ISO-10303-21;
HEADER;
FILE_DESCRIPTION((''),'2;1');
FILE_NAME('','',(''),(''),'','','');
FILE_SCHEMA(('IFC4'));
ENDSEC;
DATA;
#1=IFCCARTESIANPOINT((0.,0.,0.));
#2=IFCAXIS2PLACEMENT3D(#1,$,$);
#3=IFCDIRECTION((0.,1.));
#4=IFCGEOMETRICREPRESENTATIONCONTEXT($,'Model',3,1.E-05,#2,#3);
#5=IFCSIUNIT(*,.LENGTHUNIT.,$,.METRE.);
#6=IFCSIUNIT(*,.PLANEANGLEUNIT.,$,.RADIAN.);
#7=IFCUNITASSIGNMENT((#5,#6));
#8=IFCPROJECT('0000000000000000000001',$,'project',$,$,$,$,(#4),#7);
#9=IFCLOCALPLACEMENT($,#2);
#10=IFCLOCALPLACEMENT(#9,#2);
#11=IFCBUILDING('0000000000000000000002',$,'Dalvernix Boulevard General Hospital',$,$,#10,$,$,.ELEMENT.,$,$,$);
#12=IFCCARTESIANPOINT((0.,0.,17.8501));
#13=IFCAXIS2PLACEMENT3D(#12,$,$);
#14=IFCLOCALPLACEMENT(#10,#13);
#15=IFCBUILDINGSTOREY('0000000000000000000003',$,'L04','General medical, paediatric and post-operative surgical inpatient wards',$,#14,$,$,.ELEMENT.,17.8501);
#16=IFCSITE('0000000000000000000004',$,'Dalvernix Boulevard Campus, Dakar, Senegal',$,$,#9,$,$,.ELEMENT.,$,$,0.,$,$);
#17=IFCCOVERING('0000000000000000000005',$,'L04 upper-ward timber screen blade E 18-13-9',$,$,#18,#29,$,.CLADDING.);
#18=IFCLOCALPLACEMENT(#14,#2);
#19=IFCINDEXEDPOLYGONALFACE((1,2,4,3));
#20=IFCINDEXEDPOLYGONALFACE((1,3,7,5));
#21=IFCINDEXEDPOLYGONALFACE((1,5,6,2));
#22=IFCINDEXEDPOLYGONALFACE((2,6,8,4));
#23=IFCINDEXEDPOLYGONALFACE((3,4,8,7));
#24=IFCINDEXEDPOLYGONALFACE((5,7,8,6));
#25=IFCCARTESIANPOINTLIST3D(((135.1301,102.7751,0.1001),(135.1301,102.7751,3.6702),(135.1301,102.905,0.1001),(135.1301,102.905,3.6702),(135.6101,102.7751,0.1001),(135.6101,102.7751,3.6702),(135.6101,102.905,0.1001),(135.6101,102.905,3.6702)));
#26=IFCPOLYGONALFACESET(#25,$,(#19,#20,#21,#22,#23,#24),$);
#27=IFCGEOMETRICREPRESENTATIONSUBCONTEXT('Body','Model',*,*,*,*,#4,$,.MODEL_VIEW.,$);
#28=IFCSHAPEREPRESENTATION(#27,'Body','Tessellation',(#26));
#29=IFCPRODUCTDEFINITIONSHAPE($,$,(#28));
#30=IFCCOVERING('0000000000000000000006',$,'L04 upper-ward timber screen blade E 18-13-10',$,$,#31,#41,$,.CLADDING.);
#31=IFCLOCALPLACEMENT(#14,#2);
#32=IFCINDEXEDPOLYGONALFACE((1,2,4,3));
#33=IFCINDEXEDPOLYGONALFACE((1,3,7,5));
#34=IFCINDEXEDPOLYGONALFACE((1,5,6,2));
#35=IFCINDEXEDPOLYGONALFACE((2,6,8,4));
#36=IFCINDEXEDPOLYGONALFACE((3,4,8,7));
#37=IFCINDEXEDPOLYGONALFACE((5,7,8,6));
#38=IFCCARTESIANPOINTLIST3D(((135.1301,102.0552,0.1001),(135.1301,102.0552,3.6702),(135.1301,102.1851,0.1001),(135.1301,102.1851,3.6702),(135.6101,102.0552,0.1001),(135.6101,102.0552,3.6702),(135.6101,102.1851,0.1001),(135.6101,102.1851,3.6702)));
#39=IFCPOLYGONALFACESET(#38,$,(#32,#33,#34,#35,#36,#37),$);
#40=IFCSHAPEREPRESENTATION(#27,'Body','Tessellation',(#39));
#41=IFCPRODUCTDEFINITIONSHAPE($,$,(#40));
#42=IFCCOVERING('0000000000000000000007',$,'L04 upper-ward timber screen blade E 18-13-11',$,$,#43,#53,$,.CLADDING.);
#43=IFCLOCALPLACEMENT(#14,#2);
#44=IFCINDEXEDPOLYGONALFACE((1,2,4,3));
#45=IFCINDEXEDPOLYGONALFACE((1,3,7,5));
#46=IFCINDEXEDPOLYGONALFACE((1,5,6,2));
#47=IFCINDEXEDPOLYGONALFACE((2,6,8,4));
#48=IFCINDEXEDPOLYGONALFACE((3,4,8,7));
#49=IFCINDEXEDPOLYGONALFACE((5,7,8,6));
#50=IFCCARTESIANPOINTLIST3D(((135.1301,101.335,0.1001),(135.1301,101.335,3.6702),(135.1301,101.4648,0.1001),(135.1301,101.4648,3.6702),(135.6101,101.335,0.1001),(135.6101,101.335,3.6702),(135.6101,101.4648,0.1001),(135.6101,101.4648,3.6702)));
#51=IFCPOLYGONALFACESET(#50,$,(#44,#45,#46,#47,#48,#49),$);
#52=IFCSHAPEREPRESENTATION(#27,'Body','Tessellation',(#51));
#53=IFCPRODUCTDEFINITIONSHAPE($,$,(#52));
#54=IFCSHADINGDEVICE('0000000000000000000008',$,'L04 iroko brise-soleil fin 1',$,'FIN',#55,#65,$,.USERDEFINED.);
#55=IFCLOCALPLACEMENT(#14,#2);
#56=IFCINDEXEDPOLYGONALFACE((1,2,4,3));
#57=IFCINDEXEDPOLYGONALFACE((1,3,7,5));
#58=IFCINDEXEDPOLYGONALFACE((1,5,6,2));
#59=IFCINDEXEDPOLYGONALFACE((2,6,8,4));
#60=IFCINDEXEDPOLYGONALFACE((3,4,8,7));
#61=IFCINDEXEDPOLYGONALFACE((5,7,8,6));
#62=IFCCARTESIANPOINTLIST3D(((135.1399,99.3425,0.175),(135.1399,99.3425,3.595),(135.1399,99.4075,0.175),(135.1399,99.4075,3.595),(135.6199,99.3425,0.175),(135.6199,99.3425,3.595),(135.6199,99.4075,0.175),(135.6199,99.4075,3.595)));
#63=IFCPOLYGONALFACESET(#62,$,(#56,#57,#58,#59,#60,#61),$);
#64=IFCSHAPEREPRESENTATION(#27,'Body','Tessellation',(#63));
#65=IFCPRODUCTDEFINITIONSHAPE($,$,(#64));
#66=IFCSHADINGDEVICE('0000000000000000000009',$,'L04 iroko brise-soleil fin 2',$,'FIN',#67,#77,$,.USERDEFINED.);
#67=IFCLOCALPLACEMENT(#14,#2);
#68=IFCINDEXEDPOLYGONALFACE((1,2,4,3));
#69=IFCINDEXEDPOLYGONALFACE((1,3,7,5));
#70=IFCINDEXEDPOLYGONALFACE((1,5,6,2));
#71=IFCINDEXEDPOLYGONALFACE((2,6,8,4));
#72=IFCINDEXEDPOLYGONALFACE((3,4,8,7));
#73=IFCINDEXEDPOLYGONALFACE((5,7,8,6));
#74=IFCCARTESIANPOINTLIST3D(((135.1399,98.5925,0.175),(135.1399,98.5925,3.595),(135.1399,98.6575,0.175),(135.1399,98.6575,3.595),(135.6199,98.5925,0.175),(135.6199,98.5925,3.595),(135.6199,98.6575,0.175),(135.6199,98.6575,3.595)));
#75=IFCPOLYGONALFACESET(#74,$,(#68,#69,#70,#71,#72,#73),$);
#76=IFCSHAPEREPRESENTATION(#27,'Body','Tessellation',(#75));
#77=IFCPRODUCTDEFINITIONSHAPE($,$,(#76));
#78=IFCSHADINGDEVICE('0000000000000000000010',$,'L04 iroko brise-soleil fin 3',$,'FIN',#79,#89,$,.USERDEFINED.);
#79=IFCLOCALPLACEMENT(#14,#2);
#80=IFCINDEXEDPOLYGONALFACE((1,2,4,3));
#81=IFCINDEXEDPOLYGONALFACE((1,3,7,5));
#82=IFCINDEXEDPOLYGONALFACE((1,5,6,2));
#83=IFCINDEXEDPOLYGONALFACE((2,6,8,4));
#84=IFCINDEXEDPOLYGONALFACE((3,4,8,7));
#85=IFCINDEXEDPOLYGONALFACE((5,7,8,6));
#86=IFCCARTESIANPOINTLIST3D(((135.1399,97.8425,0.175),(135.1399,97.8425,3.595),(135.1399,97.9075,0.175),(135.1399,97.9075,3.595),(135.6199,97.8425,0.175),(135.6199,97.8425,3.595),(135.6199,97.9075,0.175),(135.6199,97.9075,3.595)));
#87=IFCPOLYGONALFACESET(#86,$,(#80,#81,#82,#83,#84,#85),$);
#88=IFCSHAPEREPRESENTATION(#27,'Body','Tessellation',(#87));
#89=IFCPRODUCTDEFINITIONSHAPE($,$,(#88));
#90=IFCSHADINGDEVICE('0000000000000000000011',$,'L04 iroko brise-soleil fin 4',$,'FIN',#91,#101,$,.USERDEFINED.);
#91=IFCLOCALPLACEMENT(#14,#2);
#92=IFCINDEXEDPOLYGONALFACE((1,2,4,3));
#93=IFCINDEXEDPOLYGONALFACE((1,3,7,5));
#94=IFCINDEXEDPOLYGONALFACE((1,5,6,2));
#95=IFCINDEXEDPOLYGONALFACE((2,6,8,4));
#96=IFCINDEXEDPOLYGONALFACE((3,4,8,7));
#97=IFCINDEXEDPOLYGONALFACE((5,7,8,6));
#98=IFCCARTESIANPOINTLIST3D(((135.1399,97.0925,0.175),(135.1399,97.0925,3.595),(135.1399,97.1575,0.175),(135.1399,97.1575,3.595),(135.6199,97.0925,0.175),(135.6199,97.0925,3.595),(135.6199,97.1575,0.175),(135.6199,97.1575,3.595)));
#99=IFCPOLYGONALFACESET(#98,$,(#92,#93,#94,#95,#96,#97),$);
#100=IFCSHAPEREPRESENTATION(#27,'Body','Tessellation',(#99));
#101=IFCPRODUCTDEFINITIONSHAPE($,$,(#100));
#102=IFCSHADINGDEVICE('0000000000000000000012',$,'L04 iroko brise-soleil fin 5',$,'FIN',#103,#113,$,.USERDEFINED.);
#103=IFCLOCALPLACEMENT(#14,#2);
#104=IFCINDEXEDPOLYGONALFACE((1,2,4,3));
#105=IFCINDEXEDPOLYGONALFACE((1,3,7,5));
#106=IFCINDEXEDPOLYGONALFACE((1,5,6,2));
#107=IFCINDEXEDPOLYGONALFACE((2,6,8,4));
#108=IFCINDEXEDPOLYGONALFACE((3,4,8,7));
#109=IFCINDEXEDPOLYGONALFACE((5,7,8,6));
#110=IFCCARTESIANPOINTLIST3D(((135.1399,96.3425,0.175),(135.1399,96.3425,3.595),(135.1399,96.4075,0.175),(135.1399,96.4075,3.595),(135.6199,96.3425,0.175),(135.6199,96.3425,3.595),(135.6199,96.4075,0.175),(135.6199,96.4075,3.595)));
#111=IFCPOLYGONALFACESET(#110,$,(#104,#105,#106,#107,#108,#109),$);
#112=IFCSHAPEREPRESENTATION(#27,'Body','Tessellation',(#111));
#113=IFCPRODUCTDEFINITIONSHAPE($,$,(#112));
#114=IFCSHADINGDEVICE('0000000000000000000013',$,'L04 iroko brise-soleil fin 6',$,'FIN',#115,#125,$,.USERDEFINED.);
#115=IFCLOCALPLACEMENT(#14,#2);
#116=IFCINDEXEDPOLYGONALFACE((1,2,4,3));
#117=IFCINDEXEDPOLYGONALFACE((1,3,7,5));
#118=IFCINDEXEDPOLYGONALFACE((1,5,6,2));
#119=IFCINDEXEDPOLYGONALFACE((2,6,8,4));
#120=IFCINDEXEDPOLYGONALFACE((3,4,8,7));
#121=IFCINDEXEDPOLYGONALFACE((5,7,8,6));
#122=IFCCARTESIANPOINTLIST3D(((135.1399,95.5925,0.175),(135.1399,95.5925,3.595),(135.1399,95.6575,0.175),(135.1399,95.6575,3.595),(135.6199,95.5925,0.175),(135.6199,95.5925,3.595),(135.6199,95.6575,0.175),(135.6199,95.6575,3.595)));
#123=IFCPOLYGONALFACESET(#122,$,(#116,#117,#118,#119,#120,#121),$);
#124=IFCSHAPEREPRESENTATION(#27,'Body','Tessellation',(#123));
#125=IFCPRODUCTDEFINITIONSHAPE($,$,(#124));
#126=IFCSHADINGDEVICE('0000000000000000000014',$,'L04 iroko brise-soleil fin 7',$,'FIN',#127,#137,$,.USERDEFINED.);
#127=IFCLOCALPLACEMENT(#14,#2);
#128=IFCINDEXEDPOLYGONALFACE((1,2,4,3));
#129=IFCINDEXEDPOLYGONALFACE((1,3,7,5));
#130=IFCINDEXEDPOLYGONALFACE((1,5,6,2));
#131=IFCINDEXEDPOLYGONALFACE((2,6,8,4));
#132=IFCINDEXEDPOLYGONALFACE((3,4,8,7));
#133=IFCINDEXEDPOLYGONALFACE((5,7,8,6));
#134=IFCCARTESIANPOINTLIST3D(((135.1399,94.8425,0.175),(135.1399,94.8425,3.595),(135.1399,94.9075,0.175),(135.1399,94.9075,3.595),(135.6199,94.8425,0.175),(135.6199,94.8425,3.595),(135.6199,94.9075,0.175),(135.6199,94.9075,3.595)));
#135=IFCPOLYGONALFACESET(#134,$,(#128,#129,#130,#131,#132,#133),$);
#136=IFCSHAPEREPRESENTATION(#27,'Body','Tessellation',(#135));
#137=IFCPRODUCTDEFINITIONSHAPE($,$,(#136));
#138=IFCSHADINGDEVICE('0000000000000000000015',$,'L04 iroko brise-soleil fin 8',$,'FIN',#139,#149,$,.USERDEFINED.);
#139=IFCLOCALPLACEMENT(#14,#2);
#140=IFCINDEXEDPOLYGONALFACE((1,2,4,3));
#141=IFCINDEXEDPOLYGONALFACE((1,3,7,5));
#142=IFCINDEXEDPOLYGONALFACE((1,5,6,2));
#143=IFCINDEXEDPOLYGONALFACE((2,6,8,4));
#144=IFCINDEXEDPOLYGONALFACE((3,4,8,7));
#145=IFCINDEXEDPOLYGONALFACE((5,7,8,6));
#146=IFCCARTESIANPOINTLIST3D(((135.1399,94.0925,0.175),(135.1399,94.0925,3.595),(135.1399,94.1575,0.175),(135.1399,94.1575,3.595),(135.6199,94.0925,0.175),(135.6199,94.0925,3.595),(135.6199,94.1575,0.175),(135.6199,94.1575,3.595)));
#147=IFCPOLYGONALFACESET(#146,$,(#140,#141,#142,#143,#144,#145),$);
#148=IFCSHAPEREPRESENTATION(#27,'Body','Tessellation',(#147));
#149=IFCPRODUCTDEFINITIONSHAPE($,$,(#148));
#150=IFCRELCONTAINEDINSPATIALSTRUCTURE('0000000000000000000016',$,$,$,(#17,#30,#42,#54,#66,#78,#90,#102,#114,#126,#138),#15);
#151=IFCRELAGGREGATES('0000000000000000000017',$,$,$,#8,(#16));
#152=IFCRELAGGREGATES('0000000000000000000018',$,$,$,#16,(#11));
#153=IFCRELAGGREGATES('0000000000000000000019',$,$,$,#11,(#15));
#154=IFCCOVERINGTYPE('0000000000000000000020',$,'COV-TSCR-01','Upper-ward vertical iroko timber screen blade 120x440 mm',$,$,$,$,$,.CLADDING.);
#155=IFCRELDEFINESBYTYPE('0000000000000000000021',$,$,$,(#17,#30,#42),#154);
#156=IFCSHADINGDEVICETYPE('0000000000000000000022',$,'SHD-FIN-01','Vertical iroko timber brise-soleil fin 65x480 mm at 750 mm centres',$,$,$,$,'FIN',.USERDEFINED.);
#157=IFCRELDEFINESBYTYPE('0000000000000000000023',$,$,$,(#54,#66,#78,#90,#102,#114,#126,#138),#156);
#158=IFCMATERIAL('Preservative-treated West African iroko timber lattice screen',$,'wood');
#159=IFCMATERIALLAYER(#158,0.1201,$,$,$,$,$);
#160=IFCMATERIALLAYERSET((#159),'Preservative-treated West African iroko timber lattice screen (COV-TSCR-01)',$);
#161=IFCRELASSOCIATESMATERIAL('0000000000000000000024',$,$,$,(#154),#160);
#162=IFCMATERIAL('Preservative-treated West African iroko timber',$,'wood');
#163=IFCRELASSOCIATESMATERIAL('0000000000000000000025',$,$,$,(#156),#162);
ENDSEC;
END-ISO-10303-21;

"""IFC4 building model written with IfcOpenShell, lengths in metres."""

from ifc_helpers import new_model, si_unit, direction, frame, origin, origin_2d, place, context, subcontext, project, spatial, rectangle, extrude, material, layer, layer_set, type_object, element, save


model = new_model("IFC4")

# Units and contexts
model_context = context("Model", 3, precision=1e-05, world=origin(), true_north=direction((0.0, 1.0)))
body_context = subcontext(model_context, "Body", "Model", "MODEL_VIEW")
ifc_project = project(units=[si_unit("LENGTHUNIT", "METRE"), si_unit("PLANEANGLEUNIT", "RADIAN")], contexts=[model_context])

# Site, building, storey
site_placement = place(None, origin())
site = spatial("IfcSite", under=ifc_project, at=site_placement, Name="Dalvernix Boulevard Campus, Dakar, Senegal", CompositionType="ELEMENT", RefElevation=0.0)
building_placement = place(site_placement, origin())
building = spatial("IfcBuilding", under=site, at=building_placement, Name="Dalvernix Boulevard General Hospital", CompositionType="ELEMENT")
storey_placement = place(building_placement, frame((0.0, 0.0, 17.8501)))
storey = spatial("IfcBuildingStorey", under=building, at=storey_placement, Name="L04", Description="General medical, paediatric and post-operative surgical inpatient wards", CompositionType="ELEMENT", Elevation=17.8501)

# Coverings
ifc_material_1 = material(Name="Preservative-treated West African iroko timber lattice screen", Category="wood")
ifc_layer_1 = layer(ifc_material_1, 0.1201)
ifc_layer_set_1 = layer_set([ifc_layer_1], Name="Preservative-treated West African iroko timber lattice screen (COV-TSCR-01)")
covering_type_1 = type_object("IfcCoveringType", Name="COV-TSCR-01", Description="Upper-ward vertical iroko timber screen blade 120x440 mm", PredefinedType="CLADDING", material=ifc_layer_set_1)
for number, where, z_axis, x_axis, name in (
    (1, (135.3701, 102.8401, 0.1001), (0.0, 0.0, 1.0), (0.0, -1.0, 0.0), "L04 upper-ward timber screen blade E 18-13-9"),
    (2, (135.3701, 102.1201, 0.1001), (0.0, 0.0, 1.0), (0.0, -1.0, 0.0), "L04 upper-ward timber screen blade E 18-13-10"),
    (3, (135.3701, 101.3999, 0.1001), (0.0, 0.0, 1.0), (0.0, -1.0, 0.0), "L04 upper-ward timber screen blade E 18-13-11"),
):
    element("IfcCovering", number, at=place(storey_placement, frame(where, z_axis=z_axis, x_axis=x_axis)), inside=storey, type_object=covering_type_1, Name=name, PredefinedType="CLADDING", context=body_context, shape_type="SweptSolid", body=[
        extrude(rectangle(XDim=0.1299, YDim=0.48, at=origin_2d()), origin(), (0.0, 0.0, 1.0), 3.5701),
    ])

# Shading devices
ifc_material_2 = material(Name="Preservative-treated West African iroko timber", Category="wood")
shading_device_type = type_object("IfcShadingDeviceType", Name="SHD-FIN-01", Description="Vertical iroko timber brise-soleil fin 65x480 mm at 750 mm centres", ElementType="FIN", PredefinedType="USERDEFINED", material=ifc_material_2)
for number, where, z_axis, x_axis, name in (
    (4, (135.3799, 99.375, 0.175), (0.0, 0.0, 1.0), (0.0, -1.0, 0.0), "L04 iroko brise-soleil fin 1"),
    (5, (135.3799, 98.625, 0.175), (0.0, 0.0, 1.0), (0.0, -1.0, 0.0), "L04 iroko brise-soleil fin 2"),
    (6, (135.3799, 97.875, 0.175), (0.0, 0.0, 1.0), (0.0, -1.0, 0.0), "L04 iroko brise-soleil fin 3"),
    (7, (135.3799, 97.125, 0.175), (0.0, 0.0, 1.0), (0.0, -1.0, 0.0), "L04 iroko brise-soleil fin 4"),
    (8, (135.3799, 96.375, 0.175), (0.0, 0.0, 1.0), (0.0, -1.0, 0.0), "L04 iroko brise-soleil fin 5"),
    (9, (135.3799, 95.625, 0.175), (0.0, 0.0, 1.0), (0.0, -1.0, 0.0), "L04 iroko brise-soleil fin 6"),
    (10, (135.3799, 94.875, 0.175), (0.0, 0.0, 1.0), (0.0, -1.0, 0.0), "L04 iroko brise-soleil fin 7"),
    (11, (135.3799, 94.125, 0.175), (0.0, 0.0, 1.0), (0.0, -1.0, 0.0), "L04 iroko brise-soleil fin 8"),
):
    element("IfcShadingDevice", number, at=place(storey_placement, frame(where, z_axis=z_axis, x_axis=x_axis)), inside=storey, type_object=shading_device_type, Name=name, ObjectType="FIN", PredefinedType="USERDEFINED", context=body_context, shape_type="SweptSolid", body=[
        extrude(rectangle(XDim=0.0649, YDim=0.48, at=origin_2d()), origin(), (0.0, 0.0, 1.0), 3.4199),
    ])

save(model, "model.ifc")
